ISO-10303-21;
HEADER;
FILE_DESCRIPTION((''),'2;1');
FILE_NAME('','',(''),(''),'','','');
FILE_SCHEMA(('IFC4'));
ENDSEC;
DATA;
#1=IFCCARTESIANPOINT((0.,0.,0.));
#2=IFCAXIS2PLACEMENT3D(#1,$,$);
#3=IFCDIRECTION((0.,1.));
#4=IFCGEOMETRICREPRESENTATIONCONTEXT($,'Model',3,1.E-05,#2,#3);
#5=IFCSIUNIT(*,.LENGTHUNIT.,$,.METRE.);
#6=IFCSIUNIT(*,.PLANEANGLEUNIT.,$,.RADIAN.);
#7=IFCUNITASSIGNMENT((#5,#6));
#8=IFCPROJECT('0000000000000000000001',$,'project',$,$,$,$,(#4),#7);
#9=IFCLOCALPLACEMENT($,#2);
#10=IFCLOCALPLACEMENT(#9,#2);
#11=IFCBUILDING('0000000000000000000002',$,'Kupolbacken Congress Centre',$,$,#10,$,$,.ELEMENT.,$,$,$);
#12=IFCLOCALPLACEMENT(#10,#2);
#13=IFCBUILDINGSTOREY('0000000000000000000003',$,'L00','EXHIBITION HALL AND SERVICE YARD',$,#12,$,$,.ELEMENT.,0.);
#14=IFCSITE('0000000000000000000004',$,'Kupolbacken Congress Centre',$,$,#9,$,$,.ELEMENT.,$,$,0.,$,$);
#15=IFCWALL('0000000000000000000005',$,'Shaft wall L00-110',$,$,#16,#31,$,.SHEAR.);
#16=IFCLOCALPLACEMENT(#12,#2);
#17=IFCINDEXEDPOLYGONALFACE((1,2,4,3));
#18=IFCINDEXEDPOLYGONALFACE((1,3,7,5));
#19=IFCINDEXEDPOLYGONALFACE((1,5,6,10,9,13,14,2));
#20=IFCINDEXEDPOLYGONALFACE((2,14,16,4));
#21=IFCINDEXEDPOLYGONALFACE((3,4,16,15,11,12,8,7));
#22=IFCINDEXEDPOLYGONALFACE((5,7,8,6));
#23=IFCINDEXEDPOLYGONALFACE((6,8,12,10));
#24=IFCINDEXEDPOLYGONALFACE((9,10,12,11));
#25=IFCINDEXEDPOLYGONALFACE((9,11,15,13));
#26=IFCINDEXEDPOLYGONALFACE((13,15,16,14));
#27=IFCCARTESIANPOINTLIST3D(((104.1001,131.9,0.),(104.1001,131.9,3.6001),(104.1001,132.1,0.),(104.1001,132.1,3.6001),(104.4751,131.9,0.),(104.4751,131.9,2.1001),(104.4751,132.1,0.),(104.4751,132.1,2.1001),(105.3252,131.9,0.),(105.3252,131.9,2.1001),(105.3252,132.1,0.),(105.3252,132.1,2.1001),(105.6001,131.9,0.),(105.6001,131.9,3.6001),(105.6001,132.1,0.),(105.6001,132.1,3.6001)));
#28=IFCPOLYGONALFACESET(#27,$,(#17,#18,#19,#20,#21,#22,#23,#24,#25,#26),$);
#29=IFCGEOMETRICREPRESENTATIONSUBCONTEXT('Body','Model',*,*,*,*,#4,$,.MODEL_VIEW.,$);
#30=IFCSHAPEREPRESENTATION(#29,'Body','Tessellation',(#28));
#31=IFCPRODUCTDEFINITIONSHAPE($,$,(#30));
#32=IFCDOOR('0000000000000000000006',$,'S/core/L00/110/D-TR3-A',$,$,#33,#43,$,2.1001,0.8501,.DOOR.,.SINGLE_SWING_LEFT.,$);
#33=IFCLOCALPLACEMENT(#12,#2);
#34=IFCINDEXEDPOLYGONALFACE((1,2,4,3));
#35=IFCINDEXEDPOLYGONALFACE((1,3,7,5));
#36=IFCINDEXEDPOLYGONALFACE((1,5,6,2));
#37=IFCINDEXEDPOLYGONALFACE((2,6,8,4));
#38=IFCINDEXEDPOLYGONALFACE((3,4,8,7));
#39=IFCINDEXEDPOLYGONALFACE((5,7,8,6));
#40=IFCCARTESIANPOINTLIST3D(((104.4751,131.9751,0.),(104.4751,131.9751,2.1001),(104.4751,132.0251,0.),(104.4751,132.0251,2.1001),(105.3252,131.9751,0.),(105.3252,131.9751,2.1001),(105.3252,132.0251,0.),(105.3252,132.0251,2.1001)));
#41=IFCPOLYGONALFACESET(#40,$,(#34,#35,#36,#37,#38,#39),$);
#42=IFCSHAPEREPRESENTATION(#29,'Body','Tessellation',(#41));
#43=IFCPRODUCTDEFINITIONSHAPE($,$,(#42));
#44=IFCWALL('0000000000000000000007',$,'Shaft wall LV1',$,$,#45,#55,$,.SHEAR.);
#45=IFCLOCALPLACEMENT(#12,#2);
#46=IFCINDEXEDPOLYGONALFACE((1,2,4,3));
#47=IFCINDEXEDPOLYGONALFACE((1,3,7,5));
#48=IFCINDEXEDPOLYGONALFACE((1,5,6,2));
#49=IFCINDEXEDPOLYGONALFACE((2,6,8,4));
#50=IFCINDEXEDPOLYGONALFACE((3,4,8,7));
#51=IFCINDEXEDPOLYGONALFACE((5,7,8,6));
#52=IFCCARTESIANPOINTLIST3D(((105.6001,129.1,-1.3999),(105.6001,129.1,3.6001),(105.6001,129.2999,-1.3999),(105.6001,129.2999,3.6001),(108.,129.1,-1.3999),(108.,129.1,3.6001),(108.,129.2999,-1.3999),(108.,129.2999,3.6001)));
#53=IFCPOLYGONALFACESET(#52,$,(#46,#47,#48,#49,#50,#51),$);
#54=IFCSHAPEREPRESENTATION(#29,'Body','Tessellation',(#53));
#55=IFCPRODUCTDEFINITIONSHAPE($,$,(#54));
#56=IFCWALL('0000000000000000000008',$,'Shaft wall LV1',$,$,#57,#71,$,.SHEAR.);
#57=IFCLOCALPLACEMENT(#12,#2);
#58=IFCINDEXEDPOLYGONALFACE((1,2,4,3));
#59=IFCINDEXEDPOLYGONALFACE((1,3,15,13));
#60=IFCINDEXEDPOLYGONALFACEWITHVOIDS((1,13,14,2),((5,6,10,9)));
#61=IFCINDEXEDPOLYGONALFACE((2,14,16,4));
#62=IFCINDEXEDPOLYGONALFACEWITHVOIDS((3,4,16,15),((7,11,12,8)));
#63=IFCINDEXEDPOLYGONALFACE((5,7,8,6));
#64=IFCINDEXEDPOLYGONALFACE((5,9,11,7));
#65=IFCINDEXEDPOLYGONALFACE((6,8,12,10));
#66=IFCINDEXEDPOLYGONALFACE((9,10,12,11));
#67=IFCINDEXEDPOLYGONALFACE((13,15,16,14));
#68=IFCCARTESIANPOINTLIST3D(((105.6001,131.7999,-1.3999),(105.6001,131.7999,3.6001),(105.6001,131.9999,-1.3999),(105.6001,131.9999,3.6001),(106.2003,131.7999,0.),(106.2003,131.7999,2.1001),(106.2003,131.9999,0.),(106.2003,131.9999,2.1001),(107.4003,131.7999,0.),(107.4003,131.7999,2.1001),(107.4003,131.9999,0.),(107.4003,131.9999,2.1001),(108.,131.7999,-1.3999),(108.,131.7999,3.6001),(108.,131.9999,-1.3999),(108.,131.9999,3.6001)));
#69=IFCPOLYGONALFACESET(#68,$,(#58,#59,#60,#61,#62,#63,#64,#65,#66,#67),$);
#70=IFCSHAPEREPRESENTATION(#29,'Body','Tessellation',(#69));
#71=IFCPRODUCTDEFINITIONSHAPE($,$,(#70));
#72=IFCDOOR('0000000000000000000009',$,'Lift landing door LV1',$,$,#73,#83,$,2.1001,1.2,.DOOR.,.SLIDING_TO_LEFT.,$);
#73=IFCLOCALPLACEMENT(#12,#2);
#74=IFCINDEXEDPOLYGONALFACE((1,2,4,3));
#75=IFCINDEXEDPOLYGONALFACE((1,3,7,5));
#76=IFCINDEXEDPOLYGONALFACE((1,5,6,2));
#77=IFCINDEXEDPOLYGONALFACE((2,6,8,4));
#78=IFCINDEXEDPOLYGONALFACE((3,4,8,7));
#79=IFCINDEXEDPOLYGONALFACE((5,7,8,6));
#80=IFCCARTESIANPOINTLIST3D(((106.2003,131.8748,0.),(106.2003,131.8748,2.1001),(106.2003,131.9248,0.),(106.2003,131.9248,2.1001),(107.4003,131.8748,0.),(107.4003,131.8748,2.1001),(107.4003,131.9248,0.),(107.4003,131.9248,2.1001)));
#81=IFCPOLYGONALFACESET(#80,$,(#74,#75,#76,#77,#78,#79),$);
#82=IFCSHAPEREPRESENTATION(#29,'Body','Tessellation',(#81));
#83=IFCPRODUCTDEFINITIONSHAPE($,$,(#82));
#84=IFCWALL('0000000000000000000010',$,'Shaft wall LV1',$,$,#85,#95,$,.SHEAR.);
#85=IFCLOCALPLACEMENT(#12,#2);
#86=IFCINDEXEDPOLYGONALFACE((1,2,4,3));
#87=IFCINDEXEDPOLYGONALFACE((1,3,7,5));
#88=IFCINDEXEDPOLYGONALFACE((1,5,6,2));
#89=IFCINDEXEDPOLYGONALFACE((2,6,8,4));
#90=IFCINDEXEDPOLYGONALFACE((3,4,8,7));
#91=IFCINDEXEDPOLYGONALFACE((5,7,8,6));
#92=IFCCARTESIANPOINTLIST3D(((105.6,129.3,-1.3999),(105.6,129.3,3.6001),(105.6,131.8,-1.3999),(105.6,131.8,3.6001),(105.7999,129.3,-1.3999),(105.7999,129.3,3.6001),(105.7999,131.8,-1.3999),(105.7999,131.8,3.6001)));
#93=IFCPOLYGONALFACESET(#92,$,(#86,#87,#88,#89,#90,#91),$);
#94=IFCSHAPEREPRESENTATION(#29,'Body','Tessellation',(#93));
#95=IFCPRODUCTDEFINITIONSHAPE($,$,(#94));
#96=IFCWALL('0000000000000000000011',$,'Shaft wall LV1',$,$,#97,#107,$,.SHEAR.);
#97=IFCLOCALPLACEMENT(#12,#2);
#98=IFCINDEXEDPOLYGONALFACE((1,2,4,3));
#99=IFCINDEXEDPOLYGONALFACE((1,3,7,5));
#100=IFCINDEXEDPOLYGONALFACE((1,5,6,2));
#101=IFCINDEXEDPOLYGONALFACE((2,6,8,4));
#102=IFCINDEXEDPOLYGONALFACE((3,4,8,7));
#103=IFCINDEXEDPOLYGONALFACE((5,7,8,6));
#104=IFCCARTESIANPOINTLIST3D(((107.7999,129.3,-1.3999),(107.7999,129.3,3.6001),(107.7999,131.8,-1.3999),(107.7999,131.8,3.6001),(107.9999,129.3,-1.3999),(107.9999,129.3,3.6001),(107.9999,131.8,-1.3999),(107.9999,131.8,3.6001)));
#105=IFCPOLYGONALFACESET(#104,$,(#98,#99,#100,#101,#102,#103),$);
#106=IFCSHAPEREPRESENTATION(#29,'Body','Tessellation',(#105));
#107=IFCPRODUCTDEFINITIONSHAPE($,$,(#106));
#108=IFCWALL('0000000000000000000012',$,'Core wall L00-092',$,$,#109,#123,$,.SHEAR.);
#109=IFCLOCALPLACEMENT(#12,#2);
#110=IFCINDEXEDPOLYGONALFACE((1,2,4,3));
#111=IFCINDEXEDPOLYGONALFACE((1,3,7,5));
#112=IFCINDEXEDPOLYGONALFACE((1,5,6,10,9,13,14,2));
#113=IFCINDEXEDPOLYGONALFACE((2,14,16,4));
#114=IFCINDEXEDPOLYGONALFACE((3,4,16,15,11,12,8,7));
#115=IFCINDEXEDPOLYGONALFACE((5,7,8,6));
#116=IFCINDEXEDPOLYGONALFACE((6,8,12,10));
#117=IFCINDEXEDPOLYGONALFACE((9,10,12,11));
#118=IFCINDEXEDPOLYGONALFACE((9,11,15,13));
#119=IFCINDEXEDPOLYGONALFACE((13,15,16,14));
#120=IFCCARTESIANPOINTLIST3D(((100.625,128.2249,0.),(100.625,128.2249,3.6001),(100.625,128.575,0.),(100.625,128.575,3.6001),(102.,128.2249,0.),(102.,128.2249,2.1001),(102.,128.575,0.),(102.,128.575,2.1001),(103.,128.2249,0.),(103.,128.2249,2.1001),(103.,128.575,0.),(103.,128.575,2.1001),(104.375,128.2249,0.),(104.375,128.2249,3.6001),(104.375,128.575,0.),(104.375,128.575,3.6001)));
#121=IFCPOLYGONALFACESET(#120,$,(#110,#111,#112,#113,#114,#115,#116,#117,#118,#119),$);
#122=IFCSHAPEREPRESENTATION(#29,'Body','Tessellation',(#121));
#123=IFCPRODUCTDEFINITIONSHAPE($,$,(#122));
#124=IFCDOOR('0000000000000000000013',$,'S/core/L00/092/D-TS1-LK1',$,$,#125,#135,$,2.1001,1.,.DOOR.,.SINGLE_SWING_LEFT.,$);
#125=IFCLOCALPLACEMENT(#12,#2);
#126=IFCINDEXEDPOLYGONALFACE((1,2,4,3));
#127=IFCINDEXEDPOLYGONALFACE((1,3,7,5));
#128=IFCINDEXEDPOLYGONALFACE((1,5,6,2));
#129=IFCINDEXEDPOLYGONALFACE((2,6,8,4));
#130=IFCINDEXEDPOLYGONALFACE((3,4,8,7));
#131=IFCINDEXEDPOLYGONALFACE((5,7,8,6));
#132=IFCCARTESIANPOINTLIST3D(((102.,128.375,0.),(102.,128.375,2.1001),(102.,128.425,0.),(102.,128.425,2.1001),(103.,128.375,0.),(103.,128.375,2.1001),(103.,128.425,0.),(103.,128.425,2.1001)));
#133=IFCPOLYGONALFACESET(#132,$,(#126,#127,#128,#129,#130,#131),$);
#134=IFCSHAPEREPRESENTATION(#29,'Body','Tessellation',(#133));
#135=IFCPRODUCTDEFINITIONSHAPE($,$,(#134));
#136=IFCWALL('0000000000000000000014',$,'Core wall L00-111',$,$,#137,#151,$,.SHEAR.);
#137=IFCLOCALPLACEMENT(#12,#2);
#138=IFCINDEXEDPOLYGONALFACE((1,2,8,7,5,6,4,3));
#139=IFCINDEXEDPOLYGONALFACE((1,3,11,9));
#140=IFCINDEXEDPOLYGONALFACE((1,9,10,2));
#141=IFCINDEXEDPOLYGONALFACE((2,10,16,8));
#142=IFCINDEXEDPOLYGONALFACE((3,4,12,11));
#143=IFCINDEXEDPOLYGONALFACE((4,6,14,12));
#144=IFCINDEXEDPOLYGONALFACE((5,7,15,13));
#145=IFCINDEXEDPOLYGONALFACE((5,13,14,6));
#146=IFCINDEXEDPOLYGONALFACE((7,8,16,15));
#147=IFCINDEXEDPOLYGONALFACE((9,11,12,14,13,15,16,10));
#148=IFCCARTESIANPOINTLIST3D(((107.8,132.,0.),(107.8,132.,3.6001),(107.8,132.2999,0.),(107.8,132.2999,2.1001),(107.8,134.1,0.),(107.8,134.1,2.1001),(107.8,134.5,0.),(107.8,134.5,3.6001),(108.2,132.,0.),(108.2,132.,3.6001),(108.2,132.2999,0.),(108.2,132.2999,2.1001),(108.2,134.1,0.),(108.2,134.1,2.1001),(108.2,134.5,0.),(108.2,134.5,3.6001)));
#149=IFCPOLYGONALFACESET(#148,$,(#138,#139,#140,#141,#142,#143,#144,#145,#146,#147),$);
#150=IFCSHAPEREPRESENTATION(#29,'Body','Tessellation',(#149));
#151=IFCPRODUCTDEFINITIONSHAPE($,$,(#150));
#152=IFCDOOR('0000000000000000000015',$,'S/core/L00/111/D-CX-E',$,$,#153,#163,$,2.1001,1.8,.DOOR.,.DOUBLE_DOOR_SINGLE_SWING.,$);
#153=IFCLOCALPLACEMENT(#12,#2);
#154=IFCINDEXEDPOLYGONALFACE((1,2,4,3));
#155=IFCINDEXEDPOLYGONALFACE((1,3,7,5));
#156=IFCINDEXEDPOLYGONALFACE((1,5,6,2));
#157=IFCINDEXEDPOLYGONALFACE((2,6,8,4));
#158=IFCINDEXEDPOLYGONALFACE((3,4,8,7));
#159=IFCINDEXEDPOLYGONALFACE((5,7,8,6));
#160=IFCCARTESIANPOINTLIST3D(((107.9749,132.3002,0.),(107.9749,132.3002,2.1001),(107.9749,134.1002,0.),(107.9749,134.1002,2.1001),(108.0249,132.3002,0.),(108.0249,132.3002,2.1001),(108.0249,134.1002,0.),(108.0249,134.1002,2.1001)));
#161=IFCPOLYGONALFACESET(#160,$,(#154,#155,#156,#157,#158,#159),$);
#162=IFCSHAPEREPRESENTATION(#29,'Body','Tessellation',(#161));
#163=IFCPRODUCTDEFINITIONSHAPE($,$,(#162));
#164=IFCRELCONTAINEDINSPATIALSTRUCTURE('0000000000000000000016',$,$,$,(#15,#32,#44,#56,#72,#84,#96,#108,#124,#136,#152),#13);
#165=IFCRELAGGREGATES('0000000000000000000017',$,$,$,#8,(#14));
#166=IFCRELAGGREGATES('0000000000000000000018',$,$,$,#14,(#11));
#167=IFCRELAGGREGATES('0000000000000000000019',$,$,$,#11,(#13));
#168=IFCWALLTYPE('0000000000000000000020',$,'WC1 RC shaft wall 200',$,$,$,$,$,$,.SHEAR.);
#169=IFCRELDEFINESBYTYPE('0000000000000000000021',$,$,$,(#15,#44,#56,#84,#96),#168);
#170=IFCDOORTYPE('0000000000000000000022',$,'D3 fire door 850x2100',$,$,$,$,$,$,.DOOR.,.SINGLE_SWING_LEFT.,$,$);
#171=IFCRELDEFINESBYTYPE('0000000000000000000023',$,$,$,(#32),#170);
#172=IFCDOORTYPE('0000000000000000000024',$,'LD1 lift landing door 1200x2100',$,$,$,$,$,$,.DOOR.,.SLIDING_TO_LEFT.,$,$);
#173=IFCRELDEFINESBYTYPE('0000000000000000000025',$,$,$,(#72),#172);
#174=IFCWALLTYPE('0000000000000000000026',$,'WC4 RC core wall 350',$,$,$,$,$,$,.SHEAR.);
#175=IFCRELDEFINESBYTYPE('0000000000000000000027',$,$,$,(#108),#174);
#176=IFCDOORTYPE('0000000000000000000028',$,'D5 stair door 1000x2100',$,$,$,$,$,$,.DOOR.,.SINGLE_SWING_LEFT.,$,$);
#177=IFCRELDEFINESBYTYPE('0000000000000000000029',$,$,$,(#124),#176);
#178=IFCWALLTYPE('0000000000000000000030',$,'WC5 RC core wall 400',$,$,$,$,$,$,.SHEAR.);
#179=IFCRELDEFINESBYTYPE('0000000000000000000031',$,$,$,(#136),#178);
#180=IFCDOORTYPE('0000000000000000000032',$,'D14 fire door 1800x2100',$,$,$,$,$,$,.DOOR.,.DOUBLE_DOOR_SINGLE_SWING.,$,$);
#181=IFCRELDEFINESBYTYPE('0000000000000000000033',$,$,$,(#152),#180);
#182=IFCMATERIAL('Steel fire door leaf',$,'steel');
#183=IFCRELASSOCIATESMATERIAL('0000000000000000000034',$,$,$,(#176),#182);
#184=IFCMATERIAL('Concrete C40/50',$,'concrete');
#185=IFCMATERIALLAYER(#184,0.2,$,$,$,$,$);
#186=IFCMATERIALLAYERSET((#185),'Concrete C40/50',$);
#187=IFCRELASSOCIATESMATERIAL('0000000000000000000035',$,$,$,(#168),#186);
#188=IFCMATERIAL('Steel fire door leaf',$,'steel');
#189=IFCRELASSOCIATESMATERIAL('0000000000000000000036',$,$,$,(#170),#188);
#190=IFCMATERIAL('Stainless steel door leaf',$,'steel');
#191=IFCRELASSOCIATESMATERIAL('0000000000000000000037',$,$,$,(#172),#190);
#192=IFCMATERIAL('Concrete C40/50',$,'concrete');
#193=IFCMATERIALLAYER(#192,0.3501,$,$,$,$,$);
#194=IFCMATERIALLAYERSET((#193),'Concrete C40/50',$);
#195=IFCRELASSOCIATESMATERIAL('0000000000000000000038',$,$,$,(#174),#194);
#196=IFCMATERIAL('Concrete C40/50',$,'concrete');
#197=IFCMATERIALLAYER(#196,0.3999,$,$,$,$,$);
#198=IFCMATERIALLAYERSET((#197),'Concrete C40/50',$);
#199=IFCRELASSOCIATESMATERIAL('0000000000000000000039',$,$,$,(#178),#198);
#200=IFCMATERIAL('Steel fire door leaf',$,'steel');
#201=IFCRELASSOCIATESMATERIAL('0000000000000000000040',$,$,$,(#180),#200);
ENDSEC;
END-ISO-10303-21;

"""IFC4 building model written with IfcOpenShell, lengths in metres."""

from ifc_helpers import new_model, si_unit, direction, frame, frame_2d, origin, place, context, subcontext, project, spatial, rectangle, extrude, material, layer, layer_set, type_object, element, fill, save


model = new_model("IFC4")

# Units and contexts
model_context = context("Model", 3, precision=1e-05, world=origin(), true_north=direction((0.0, 1.0)))
body_context = subcontext(model_context, "Body", "Model", "MODEL_VIEW")
ifc_project = project(units=[si_unit("LENGTHUNIT", "METRE"), si_unit("PLANEANGLEUNIT", "RADIAN")], contexts=[model_context])

# Site, building, storey
site_placement = place(None, origin())
site = spatial("IfcSite", under=ifc_project, at=site_placement, Name="Kupolbacken Congress Centre", CompositionType="ELEMENT", RefElevation=0.0)
building_placement = place(site_placement, origin())
building = spatial("IfcBuilding", under=site, at=building_placement, Name="Kupolbacken Congress Centre", CompositionType="ELEMENT")
storey_placement = place(building_placement, origin())
storey = spatial("IfcBuildingStorey", under=building, at=storey_placement, Name="L00", Description="EXHIBITION HALL AND SERVICE YARD", CompositionType="ELEMENT", Elevation=0.0)

# Shared definitions
ifc_material_1 = material(Name="Steel fire door leaf", Category="steel")
door_type_1 = type_object("IfcDoorType", Name="D5 stair door 1000x2100", OperationType="SINGLE_SWING_LEFT", PredefinedType="DOOR", material=ifc_material_1)

# Shared definitions
ifc_material_2 = material(Name="Concrete C40/50", Category="concrete")
ifc_layer_1 = layer(ifc_material_2, 0.2)
ifc_layer_set_1 = layer_set([ifc_layer_1], Name="Concrete C40/50")
wall_type_1 = type_object("IfcWallType", Name="WC1 RC shaft wall 200", PredefinedType="SHEAR", material=ifc_layer_set_1)

# Wall, opening, door
wall_1_placement = place(storey_placement, frame((105.6001, 132.0, 0.0), z_axis=(0.0, 0.0, 1.0), x_axis=(-1.0, 0.0, 0.0)))
wall_1 = element("IfcWall", 1, at=wall_1_placement, inside=storey, type_object=wall_type_1, Name="Shaft wall L00-110", PredefinedType="SHEAR", context=body_context, shape_type="SweptSolid", body=[
    extrude(rectangle(XDim=1.5, YDim=0.2, at=frame_2d((0.75, 0.0))), origin(), (0.0, 0.0, 1.0), 3.6001),
])
opening_1_placement = place(wall_1_placement, frame((0.2749, 0.0, 0.0)))
opening_1 = element("IfcOpeningElement", 2, at=opening_1_placement, cuts=wall_1, PredefinedType="OPENING", context=body_context, shape_type="SweptSolid", body=[
    extrude(rectangle(XDim=0.8501, YDim=2.1001, at=frame_2d((0.425, 1.05))), frame((0.0, 0.1099, 0.0), z_axis=(0.0, -1.0, 0.0), x_axis=(1.0, 0.0, 0.0)), (0.0, 0.0, 1.0), 0.22),
])
ifc_material_3 = material(Name="Steel fire door leaf", Category="steel")
door_type_2 = type_object("IfcDoorType", Name="D3 fire door 850x2100", OperationType="SINGLE_SWING_LEFT", PredefinedType="DOOR", material=ifc_material_3)
door_1_placement = place(opening_1_placement, origin())
door_1 = element("IfcDoor", 3, at=door_1_placement, inside=storey, type_object=door_type_2, Name="S/core/L00/110/D-TR3-A", OperationType="SINGLE_SWING_LEFT", OverallHeight=2.1001, OverallWidth=0.8501, PredefinedType="DOOR", context=body_context, shape_type="SweptSolid", body=[
    extrude(rectangle(XDim=0.8501, YDim=2.1001, at=frame_2d((0.425, 1.05))), frame((0.0, 0.0249, 0.0), z_axis=(0.0, -1.0, 0.0), x_axis=(1.0, 0.0, 0.0)), (0.0, 0.0, 1.0), 0.05),
])
fill(opening_1, door_1)

# Wall
wall_2_placement = place(storey_placement, frame((105.6001, 129.2, -1.3999), z_axis=(0.0, 0.0, 1.0), x_axis=(1.0, 0.0, 0.0)))
element("IfcWall", 4, at=wall_2_placement, inside=storey, type_object=wall_type_1, Name="Shaft wall LV1", PredefinedType="SHEAR", context=body_context, shape_type="SweptSolid", body=[
    extrude(rectangle(XDim=2.3999, YDim=0.2, at=frame_2d((1.2, 0.0))), origin(), (0.0, 0.0, 1.0), 5.0),
])

# Wall, opening, door
wall_3_placement = place(storey_placement, frame((105.6001, 131.8999, -1.3999), z_axis=(0.0, 0.0, 1.0), x_axis=(1.0, 0.0, 0.0)))
wall_3 = element("IfcWall", 5, at=wall_3_placement, inside=storey, type_object=wall_type_1, Name="Shaft wall LV1", PredefinedType="SHEAR", context=body_context, shape_type="SweptSolid", body=[
    extrude(rectangle(XDim=2.3999, YDim=0.2, at=frame_2d((1.2, 0.0))), origin(), (0.0, 0.0, 1.0), 5.0),
])
opening_2_placement = place(wall_3_placement, frame((0.6001, 0.0, 1.3999)))
opening_2 = element("IfcOpeningElement", 6, at=opening_2_placement, cuts=wall_3, PredefinedType="OPENING", context=body_context, shape_type="SweptSolid", body=[
    extrude(rectangle(XDim=1.2, YDim=2.1001, at=frame_2d((0.6001, 1.05))), frame((0.0, 0.1099, 0.0), z_axis=(0.0, -1.0, 0.0), x_axis=(1.0, 0.0, 0.0)), (0.0, 0.0, 1.0), 0.22),
])
ifc_material_4 = material(Name="Stainless steel door leaf", Category="steel")
door_type_3 = type_object("IfcDoorType", Name="LD1 lift landing door 1200x2100", OperationType="SLIDING_TO_LEFT", PredefinedType="DOOR", material=ifc_material_4)
door_2_placement = place(opening_2_placement, origin())
door_2 = element("IfcDoor", 7, at=door_2_placement, inside=storey, type_object=door_type_3, Name="Lift landing door LV1", OperationType="SLIDING_TO_LEFT", OverallHeight=2.1001, OverallWidth=1.2, PredefinedType="DOOR", context=body_context, shape_type="SweptSolid", body=[
    extrude(rectangle(XDim=1.2, YDim=2.1001, at=frame_2d((0.6001, 1.05))), frame((0.0, 0.0249, 0.0), z_axis=(0.0, -1.0, 0.0), x_axis=(1.0, 0.0, 0.0)), (0.0, 0.0, 1.0), 0.05),
])
fill(opening_2, door_2)

# Walls
for number, where, z_axis, x_axis, name in (
    (8, (105.7, 129.3, -1.3999), (0.0, 0.0, 1.0), (0.0, 1.0, 0.0), "Shaft wall LV1"),
    (9, (107.8999, 129.3, -1.3999), (0.0, 0.0, 1.0), (0.0, 1.0, 0.0), "Shaft wall LV1"),
):
    element("IfcWall", number, at=place(storey_placement, frame(where, z_axis=z_axis, x_axis=x_axis)), inside=storey, type_object=wall_type_1, Name=name, PredefinedType="SHEAR", context=body_context, shape_type="SweptSolid", body=[
        extrude(rectangle(XDim=2.5, YDim=0.2, at=frame_2d((1.25, 0.0))), origin(), (0.0, 0.0, 1.0), 5.0),
    ])

# Walls, openings, doors
ifc_material_5 = material(Name="Concrete C40/50", Category="concrete")
ifc_layer_2 = layer(ifc_material_5, 0.3501)
ifc_layer_set_2 = layer_set([ifc_layer_2], Name="Concrete C40/50")
wall_type_2 = type_object("IfcWallType", Name="WC4 RC core wall 350", PredefinedType="SHEAR", material=ifc_layer_set_2)
wall_4_placement = place(storey_placement, frame((104.375, 128.3999, 0.0), z_axis=(0.0, 0.0, 1.0), x_axis=(-1.0, 0.0, 0.0)))
wall_4 = element("IfcWall", 10, at=wall_4_placement, inside=storey, type_object=wall_type_2, Name="Core wall L00-092", PredefinedType="SHEAR", context=body_context, shape_type="SweptSolid", body=[
    extrude(rectangle(XDim=3.75, YDim=0.3501, at=frame_2d((1.875, 0.0))), origin(), (0.0, 0.0, 1.0), 3.6001),
])
opening_3_placement = place(wall_4_placement, frame((1.375, 0.0, 0.0)))
opening_3 = element("IfcOpeningElement", 11, at=opening_3_placement, cuts=wall_4, PredefinedType="OPENING", context=body_context, shape_type="SweptSolid", body=[
    extrude(rectangle(XDim=1.0, YDim=2.1001, at=frame_2d((0.5, 1.05))), frame((0.0, 0.1851, 0.0), z_axis=(0.0, -1.0, 0.0), x_axis=(1.0, 0.0, 0.0)), (0.0, 0.0, 1.0), 0.3701),
])
door_3_placement = place(opening_3_placement, origin())
door_3 = element("IfcDoor", 12, at=door_3_placement, inside=storey, type_object=door_type_1, Name="S/core/L00/092/D-TS1-LK1", OperationType="SINGLE_SWING_LEFT", OverallHeight=2.1001, OverallWidth=1.0, PredefinedType="DOOR", context=body_context, shape_type="SweptSolid", body=[
    extrude(rectangle(XDim=1.0, YDim=2.1001, at=frame_2d((0.5, 1.05))), frame((0.0, 0.0249, 0.0), z_axis=(0.0, -1.0, 0.0), x_axis=(1.0, 0.0, 0.0)), (0.0, 0.0, 1.0), 0.05),
])
fill(opening_3, door_3)
ifc_material_6 = material(Name="Concrete C40/50", Category="concrete")
ifc_layer_3 = layer(ifc_material_6, 0.3999)
ifc_layer_set_3 = layer_set([ifc_layer_3], Name="Concrete C40/50")
wall_type_3 = type_object("IfcWallType", Name="WC5 RC core wall 400", PredefinedType="SHEAR", material=ifc_layer_set_3)
wall_5_placement = place(storey_placement, frame((108.0, 132.0, 0.0), z_axis=(0.0, 0.0, 1.0), x_axis=(0.0, 1.0, 0.0)))
wall_5 = element("IfcWall", 13, at=wall_5_placement, inside=storey, type_object=wall_type_3, Name="Core wall L00-111", PredefinedType="SHEAR", context=body_context, shape_type="SweptSolid", body=[
    extrude(rectangle(XDim=2.5, YDim=0.3999, at=frame_2d((1.25, 0.0))), origin(), (0.0, 0.0, 1.0), 3.6001),
])
opening_4_placement = place(wall_5_placement, frame((0.3, 0.0, 0.0)))
opening_4 = element("IfcOpeningElement", 14, at=opening_4_placement, cuts=wall_5, PredefinedType="OPENING", context=body_context, shape_type="SweptSolid", body=[
    extrude(rectangle(XDim=1.8, YDim=2.1001, at=frame_2d((0.8999, 1.05))), frame((0.0, 0.21, 0.0), z_axis=(0.0, -1.0, 0.0), x_axis=(1.0, 0.0, 0.0)), (0.0, 0.0, 1.0), 0.4199),
])
ifc_material_7 = material(Name="Steel fire door leaf", Category="steel")
door_type_4 = type_object("IfcDoorType", Name="D14 fire door 1800x2100", OperationType="DOUBLE_DOOR_SINGLE_SWING", PredefinedType="DOOR", material=ifc_material_7)
door_4_placement = place(opening_4_placement, frame((1.8, 0.0, 0.0), z_axis=(0.0, 0.0, 1.0), x_axis=(-1.0, 0.0, 0.0)))
door_4 = element("IfcDoor", 15, at=door_4_placement, inside=storey, type_object=door_type_4, Name="S/core/L00/111/D-CX-E", OperationType="DOUBLE_DOOR_SINGLE_SWING", OverallHeight=2.1001, OverallWidth=1.8, PredefinedType="DOOR", context=body_context, shape_type="SweptSolid", body=[
    extrude(rectangle(XDim=1.8, YDim=2.1001, at=frame_2d((0.8999, 1.05))), frame((0.0, 0.0249, 0.0), z_axis=(0.0, -1.0, 0.0), x_axis=(1.0, 0.0, 0.0)), (0.0, 0.0, 1.0), 0.05),
])
fill(opening_4, door_4)

save(model, "model.ifc")
